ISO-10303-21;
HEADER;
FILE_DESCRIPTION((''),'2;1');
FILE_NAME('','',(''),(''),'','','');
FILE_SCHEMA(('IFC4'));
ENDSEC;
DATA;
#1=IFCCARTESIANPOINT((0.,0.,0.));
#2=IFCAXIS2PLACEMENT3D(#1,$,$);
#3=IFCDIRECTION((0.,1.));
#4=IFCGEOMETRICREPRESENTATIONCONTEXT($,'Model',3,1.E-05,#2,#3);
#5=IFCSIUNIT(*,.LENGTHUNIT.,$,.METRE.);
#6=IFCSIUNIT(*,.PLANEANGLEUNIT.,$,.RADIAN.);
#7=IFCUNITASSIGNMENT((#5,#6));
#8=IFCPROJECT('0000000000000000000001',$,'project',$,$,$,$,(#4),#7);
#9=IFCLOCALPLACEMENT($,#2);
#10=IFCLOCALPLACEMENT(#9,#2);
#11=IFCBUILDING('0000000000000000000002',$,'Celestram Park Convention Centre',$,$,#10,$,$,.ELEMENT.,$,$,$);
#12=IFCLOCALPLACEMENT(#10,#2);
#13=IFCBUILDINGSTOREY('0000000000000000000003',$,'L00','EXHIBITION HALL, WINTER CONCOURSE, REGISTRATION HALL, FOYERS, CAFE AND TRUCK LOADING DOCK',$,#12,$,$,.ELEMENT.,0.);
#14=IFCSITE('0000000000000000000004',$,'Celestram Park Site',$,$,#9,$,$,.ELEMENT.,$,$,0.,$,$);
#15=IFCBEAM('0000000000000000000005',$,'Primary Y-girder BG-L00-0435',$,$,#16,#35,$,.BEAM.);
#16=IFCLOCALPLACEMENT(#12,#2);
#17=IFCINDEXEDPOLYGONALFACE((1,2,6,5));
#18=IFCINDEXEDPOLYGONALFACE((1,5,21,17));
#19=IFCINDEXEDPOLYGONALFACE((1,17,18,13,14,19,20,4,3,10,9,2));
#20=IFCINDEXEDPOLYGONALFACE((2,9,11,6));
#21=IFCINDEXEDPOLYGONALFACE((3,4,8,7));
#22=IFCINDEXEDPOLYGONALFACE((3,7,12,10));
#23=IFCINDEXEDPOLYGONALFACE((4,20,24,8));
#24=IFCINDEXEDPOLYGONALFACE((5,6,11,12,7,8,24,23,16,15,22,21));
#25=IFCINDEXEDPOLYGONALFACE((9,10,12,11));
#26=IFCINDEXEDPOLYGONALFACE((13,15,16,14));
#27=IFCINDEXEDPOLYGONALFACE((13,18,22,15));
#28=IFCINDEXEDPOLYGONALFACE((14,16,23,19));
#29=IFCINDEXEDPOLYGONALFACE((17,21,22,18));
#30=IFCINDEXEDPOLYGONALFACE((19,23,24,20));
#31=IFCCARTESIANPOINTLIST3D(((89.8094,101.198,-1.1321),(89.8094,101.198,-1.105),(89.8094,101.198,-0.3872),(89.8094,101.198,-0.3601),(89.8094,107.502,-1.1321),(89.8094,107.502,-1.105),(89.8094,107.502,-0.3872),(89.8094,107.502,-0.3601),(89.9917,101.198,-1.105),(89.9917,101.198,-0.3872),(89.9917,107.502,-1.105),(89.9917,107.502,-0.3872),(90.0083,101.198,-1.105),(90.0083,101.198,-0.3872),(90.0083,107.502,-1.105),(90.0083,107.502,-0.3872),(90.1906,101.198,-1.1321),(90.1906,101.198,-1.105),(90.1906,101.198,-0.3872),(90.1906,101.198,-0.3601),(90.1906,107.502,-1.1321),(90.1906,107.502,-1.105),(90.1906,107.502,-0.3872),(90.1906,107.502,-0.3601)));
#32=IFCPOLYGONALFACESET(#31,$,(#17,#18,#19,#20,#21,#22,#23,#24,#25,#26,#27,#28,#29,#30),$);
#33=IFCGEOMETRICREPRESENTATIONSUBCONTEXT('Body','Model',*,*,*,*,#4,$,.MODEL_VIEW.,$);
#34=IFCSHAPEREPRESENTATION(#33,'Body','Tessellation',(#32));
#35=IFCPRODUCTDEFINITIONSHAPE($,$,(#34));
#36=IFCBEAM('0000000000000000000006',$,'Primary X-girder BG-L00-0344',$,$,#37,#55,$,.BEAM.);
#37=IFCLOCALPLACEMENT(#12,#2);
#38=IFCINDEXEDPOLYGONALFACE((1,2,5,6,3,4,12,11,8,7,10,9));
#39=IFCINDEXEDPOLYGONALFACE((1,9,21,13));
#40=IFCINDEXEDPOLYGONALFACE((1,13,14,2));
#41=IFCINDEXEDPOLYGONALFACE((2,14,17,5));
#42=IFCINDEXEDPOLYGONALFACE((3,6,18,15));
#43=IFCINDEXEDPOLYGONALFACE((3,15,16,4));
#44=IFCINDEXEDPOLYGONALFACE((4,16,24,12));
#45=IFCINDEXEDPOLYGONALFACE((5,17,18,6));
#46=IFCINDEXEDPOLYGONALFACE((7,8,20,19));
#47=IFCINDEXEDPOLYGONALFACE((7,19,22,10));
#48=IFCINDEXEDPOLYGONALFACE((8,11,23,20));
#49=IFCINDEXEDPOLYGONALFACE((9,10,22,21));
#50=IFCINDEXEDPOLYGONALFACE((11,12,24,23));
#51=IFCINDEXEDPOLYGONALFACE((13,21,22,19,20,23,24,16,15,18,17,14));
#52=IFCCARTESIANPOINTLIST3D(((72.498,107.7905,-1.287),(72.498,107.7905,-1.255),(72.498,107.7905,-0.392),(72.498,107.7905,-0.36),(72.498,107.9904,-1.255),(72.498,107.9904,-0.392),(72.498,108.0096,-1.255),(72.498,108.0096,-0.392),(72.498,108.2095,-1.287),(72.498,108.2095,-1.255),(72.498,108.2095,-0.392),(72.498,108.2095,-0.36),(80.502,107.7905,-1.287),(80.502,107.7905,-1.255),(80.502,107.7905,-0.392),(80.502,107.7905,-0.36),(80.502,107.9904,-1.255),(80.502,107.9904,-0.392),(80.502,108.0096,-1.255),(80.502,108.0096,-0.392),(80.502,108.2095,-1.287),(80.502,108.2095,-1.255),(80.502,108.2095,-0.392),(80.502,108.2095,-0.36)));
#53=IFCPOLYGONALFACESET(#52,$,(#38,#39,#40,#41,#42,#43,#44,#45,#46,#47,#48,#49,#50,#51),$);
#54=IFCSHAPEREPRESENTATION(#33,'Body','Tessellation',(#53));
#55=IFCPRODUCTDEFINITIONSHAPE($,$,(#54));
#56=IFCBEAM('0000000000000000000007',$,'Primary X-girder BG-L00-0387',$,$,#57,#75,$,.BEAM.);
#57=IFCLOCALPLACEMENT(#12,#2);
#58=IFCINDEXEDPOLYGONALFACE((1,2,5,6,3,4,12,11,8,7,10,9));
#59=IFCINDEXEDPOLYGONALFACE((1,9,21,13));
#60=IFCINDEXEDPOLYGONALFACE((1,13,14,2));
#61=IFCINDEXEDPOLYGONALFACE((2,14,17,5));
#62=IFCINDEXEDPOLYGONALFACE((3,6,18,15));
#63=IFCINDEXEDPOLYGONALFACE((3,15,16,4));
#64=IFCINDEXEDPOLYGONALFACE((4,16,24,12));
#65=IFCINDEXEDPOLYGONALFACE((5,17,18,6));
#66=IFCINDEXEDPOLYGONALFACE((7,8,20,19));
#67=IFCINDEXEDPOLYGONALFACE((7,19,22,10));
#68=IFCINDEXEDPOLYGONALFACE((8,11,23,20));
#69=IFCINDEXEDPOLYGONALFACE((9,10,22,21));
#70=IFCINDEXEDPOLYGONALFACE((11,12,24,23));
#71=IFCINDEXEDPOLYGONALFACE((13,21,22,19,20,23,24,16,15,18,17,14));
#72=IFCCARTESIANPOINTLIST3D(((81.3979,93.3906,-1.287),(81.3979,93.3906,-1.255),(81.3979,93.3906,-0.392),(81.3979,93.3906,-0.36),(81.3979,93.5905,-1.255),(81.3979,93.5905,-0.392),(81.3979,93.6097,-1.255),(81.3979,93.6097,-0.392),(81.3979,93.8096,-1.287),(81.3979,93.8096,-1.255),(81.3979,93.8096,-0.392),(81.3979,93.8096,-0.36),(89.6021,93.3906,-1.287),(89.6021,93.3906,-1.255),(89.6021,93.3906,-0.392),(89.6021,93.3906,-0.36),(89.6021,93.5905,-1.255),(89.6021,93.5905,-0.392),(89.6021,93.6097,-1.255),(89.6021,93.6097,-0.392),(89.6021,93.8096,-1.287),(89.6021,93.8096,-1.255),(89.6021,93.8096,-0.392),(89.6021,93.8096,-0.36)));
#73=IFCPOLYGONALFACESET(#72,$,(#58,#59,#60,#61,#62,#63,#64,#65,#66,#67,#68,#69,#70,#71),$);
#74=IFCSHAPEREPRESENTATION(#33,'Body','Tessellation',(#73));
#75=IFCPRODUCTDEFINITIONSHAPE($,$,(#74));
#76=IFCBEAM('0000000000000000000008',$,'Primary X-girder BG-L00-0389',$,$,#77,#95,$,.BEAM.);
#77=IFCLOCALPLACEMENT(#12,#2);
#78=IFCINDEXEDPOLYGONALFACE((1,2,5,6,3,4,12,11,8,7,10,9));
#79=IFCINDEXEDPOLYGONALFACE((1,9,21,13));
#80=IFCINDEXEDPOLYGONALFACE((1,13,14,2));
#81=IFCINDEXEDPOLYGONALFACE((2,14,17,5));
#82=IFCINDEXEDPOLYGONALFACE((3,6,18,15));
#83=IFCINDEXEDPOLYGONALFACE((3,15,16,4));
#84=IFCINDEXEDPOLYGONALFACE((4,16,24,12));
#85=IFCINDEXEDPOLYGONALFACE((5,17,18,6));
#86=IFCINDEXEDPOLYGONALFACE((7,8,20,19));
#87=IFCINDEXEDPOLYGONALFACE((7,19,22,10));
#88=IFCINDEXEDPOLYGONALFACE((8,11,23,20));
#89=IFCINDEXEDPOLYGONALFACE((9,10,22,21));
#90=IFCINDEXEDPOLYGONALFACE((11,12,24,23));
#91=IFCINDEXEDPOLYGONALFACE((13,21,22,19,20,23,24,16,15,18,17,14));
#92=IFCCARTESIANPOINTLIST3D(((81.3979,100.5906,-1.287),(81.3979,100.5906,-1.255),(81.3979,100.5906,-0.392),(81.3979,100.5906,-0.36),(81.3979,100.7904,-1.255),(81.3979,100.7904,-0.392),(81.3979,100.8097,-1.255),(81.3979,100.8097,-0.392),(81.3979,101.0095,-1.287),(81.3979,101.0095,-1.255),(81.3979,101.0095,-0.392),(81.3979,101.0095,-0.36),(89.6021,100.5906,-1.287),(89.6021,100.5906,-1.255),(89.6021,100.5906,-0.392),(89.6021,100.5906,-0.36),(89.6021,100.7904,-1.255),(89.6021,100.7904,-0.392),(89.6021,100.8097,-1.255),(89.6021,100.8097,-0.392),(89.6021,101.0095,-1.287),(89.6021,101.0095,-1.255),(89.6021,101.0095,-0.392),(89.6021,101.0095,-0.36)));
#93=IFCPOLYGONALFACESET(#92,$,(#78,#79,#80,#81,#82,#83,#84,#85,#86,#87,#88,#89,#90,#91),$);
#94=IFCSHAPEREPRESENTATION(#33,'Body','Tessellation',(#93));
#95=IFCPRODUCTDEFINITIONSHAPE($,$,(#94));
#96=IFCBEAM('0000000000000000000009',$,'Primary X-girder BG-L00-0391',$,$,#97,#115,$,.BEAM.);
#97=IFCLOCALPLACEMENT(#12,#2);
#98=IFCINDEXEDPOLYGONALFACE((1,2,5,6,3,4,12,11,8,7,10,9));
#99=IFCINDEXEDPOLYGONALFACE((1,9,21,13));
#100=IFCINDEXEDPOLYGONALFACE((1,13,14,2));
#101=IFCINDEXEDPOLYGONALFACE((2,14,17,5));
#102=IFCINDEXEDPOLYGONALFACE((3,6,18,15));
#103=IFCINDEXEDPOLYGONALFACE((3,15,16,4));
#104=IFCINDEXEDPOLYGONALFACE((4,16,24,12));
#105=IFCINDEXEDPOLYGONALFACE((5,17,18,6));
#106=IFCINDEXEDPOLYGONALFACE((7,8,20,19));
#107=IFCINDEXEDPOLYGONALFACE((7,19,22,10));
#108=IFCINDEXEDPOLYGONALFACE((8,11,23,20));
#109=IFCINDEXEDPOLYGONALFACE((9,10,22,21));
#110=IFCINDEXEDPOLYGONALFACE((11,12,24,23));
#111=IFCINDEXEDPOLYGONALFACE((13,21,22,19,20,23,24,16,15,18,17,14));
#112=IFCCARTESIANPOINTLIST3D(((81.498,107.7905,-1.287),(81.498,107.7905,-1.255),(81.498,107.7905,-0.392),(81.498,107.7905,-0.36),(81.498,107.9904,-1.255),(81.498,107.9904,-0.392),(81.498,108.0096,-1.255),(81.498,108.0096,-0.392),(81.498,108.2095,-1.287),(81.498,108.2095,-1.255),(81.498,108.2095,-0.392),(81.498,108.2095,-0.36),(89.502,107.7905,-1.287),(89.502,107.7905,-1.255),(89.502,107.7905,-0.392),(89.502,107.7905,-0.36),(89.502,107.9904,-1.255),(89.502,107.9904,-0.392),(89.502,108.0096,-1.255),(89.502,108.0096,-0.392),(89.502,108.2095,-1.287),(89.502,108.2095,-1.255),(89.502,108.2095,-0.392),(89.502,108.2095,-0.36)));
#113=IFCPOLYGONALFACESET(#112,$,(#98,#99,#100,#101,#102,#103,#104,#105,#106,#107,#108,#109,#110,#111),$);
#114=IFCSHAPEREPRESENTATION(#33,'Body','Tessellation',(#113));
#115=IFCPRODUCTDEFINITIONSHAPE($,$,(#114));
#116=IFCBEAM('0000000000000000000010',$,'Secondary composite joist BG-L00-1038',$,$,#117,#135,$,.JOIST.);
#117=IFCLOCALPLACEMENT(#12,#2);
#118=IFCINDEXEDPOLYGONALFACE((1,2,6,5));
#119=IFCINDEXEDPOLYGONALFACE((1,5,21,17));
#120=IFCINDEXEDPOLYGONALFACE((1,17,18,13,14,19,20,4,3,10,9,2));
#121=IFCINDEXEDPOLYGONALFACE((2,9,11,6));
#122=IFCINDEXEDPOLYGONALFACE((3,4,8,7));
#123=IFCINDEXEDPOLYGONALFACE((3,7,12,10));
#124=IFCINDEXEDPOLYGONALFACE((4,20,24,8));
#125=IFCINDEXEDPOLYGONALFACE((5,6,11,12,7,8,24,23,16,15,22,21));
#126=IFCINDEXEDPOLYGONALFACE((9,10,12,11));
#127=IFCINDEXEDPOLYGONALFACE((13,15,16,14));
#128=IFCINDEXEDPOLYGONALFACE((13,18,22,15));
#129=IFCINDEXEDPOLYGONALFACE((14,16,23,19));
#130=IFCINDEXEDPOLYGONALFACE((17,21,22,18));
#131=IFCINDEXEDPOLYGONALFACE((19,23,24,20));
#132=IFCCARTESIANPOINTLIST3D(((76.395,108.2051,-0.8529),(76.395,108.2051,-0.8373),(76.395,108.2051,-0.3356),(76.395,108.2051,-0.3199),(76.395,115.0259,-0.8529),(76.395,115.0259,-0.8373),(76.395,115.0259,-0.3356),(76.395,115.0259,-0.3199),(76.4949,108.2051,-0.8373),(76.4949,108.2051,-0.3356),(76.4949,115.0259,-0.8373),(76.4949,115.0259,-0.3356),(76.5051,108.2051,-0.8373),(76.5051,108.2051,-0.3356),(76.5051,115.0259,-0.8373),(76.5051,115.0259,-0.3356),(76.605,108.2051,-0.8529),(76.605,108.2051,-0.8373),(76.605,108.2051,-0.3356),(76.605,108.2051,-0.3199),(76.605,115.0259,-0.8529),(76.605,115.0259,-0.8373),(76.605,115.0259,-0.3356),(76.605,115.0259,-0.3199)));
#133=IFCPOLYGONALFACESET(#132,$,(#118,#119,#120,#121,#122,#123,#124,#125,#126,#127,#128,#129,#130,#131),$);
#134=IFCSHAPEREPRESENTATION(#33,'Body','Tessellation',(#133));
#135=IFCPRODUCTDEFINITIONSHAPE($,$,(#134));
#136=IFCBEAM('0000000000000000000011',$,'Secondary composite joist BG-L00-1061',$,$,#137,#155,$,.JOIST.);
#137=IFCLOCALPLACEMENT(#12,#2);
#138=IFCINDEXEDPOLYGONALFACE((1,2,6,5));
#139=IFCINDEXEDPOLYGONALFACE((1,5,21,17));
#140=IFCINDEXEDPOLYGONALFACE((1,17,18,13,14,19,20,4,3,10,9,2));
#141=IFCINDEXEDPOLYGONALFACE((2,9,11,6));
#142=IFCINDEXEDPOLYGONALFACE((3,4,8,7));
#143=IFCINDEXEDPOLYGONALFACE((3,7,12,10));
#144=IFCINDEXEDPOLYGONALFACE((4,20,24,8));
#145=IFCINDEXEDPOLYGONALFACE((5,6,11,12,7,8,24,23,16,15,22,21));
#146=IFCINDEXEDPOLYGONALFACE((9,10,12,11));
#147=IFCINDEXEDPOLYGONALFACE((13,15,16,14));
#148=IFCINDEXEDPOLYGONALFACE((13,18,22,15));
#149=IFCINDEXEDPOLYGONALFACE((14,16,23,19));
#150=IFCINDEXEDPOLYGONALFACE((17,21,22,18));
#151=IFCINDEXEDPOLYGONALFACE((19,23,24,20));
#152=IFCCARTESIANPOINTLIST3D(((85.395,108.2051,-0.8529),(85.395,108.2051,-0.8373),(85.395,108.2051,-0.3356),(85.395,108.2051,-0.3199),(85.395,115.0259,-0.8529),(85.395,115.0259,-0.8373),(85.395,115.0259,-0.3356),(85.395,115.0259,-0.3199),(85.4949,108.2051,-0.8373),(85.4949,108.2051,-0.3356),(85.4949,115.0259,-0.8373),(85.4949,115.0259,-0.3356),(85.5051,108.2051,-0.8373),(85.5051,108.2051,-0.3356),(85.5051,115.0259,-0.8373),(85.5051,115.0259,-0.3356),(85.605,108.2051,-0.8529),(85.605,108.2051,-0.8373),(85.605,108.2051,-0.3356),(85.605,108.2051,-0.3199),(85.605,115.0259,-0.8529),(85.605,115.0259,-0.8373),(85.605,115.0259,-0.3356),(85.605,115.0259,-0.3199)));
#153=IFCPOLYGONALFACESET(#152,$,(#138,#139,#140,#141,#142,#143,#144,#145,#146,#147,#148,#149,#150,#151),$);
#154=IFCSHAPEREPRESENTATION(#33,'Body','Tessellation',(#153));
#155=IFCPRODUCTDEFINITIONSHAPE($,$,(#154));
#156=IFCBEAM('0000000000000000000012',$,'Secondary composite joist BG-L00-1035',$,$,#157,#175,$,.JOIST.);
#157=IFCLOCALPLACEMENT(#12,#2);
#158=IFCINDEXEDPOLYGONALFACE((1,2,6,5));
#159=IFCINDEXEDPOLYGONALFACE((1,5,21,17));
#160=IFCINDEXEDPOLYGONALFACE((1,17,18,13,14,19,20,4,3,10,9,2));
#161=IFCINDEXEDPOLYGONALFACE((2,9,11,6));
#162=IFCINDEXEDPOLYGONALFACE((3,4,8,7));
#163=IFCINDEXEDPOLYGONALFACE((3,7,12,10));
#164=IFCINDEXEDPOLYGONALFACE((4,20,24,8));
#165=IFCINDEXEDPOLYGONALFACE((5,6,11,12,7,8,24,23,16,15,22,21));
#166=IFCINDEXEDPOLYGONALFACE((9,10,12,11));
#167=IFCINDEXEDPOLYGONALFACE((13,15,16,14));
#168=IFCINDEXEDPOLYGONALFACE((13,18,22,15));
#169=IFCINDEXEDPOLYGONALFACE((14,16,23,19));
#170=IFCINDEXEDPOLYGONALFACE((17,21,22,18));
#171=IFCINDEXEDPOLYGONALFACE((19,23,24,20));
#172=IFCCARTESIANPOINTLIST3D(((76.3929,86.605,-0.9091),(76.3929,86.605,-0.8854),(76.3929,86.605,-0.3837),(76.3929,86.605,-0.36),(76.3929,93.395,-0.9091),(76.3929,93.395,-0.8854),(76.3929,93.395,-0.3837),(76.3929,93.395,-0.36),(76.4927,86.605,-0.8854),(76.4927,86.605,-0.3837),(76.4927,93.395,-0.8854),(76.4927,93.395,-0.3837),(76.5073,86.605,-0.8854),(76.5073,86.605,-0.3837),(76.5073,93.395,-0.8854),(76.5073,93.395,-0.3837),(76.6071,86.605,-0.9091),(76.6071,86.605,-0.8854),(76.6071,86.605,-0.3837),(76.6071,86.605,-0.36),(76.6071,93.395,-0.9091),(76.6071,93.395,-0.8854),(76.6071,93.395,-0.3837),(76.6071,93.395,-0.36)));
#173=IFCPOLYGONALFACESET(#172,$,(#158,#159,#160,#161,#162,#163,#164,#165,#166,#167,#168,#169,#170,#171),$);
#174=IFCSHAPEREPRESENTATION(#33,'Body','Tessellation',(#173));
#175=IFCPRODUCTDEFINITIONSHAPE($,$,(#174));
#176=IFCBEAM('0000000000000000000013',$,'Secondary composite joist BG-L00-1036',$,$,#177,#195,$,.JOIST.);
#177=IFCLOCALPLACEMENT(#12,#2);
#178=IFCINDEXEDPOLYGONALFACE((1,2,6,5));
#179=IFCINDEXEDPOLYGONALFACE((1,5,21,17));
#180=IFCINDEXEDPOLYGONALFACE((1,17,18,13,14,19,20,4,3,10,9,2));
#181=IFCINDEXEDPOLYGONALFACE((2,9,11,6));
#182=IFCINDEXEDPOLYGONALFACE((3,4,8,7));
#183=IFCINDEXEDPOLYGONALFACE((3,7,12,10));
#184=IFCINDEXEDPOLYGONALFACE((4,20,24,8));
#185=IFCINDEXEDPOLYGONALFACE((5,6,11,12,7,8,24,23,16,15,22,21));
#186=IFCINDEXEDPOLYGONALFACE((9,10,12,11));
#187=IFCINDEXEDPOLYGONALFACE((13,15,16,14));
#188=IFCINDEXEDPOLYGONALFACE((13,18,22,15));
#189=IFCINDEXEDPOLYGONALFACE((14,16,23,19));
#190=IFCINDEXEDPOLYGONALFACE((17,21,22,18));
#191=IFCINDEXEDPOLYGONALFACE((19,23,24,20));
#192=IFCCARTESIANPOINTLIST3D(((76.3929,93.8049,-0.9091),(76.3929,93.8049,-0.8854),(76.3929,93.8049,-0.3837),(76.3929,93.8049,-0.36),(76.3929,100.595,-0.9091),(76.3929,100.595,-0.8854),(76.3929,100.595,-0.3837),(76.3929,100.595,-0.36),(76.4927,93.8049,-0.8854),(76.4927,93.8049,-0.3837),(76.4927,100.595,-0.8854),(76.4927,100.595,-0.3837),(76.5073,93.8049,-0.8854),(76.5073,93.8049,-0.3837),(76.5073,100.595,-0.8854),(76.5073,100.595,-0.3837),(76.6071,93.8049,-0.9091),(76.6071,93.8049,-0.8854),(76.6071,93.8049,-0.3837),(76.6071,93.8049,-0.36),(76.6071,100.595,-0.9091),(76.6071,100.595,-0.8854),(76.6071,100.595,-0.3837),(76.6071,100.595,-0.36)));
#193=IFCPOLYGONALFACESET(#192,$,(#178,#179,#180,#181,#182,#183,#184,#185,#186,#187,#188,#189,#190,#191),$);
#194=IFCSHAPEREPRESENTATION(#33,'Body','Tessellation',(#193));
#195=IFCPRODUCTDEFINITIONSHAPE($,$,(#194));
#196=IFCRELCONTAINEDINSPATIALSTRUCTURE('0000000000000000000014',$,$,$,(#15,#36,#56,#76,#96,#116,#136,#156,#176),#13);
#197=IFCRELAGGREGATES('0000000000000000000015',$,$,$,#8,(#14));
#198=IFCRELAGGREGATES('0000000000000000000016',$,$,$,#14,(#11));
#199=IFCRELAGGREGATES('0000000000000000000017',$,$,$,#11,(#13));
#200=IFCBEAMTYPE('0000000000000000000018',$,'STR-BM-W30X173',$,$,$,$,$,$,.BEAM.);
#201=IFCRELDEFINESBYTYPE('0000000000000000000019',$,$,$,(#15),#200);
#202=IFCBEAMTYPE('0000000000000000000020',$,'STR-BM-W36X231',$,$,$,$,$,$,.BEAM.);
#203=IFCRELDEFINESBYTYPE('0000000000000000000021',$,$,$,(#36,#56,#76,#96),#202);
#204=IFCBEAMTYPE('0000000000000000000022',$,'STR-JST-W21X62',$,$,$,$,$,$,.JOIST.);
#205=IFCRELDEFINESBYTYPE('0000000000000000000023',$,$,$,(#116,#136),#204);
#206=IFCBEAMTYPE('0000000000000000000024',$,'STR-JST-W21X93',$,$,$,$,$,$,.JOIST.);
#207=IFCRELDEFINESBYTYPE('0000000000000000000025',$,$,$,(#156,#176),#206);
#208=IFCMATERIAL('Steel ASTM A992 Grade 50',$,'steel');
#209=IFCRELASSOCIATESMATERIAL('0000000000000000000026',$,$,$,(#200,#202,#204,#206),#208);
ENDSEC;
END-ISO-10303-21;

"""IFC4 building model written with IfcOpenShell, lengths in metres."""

from ifc_helpers import new_model, si_unit, direction, frame, origin, origin_2d, place, context, subcontext, project, spatial, i_section, extrude, material, material_profile, profile_set, type_object, element, save


model = new_model("IFC4")

# Units and contexts
model_context = context("Model", 3, precision=1e-05, world=origin(), true_north=direction((0.0, 1.0)))
body_context = subcontext(model_context, "Body", "Model", "MODEL_VIEW")
ifc_project = project(units=[si_unit("LENGTHUNIT", "METRE"), si_unit("PLANEANGLEUNIT", "RADIAN")], contexts=[model_context])

# Site, building, storey
site_placement = place(None, origin())
site = spatial("IfcSite", under=ifc_project, at=site_placement, Name="Celestram Park Site", CompositionType="ELEMENT", RefElevation=0.0)
building_placement = place(site_placement, origin())
building = spatial("IfcBuilding", under=site, at=building_placement, Name="Celestram Park Convention Centre", CompositionType="ELEMENT")
storey_placement = place(building_placement, origin())
storey = spatial("IfcBuildingStorey", under=building, at=storey_placement, Name="L00", Description="EXHIBITION HALL, WINTER CONCOURSE, REGISTRATION HALL, FOYERS, CAFE AND TRUCK LOADING DOCK", CompositionType="ELEMENT", Elevation=0.0)

# Beams
ifc_material_1 = material(Name="Steel ASTM A992 Grade 50", Category="steel")
ifc_material_profile_1 = material_profile(ifc_material_1, i_section(OverallWidth=0.3811, OverallDepth=0.772, WebThickness=0.0166, FlangeThickness=0.0271, at=origin_2d()), Name="W30X173")
ifc_profile_set_1 = profile_set([ifc_material_profile_1], Name="Steel ASTM A992 Grade 50")
beam_type_1 = type_object("IfcBeamType", Name="STR-BM-W30X173", PredefinedType="BEAM", material=ifc_profile_set_1)
beam_1_placement = place(storey_placement, frame((90.0, 101.198, -0.7461), z_axis=(0.0, 1.0, 0.0), x_axis=(-1.0, 0.0, 0.0)))
element("IfcBeam", 1, at=beam_1_placement, inside=storey, type_object=beam_type_1, Name="Primary Y-girder BG-L00-0435", PredefinedType="BEAM", context=body_context, shape_type="SweptSolid", body=[
    extrude(i_section(OverallWidth=0.3811, OverallDepth=0.772, WebThickness=0.0166, FlangeThickness=0.0271, at=origin_2d()), origin(), (0.0, 0.0, 1.0), 6.304),
])
ifc_material_profile_2 = material_profile(ifc_material_1, i_section(OverallWidth=0.4189, OverallDepth=0.927, WebThickness=0.0193, FlangeThickness=0.032, at=origin_2d()), Name="W36X231")
ifc_profile_set_2 = profile_set([ifc_material_profile_2], Name="Steel ASTM A992 Grade 50")
beam_type_2 = type_object("IfcBeamType", Name="STR-BM-W36X231", PredefinedType="BEAM", material=ifc_profile_set_2)
beam_2_placement = place(storey_placement, frame((72.498, 108.0, -0.8235), z_axis=(1.0, 0.0, 0.0), x_axis=(0.0, 1.0, 0.0)))
element("IfcBeam", 2, at=beam_2_placement, inside=storey, type_object=beam_type_2, Name="Primary X-girder BG-L00-0344", PredefinedType="BEAM", context=body_context, shape_type="SweptSolid", body=[
    extrude(i_section(OverallWidth=0.4189, OverallDepth=0.927, WebThickness=0.0193, FlangeThickness=0.032, at=origin_2d()), origin(), (0.0, 0.0, 1.0), 8.0039),
])
for number, where, z_axis, x_axis, name in (
    (3, (81.3979, 93.6001, -0.8235), (1.0, 0.0, 0.0), (0.0, 1.0, 0.0), "Primary X-girder BG-L00-0387"),
    (4, (81.3979, 100.8, -0.8235), (1.0, 0.0, 0.0), (0.0, 1.0, 0.0), "Primary X-girder BG-L00-0389"),
):
    element("IfcBeam", number, at=place(storey_placement, frame(where, z_axis=z_axis, x_axis=x_axis)), inside=storey, type_object=beam_type_2, Name=name, PredefinedType="BEAM", context=body_context, shape_type="SweptSolid", body=[
        extrude(i_section(OverallWidth=0.4189, OverallDepth=0.927, WebThickness=0.0193, FlangeThickness=0.032, at=origin_2d()), origin(), (0.0, 0.0, 1.0), 8.2041),
    ])
beam_3_placement = place(storey_placement, frame((81.498, 108.0, -0.8235), z_axis=(1.0, 0.0, 0.0), x_axis=(0.0, 1.0, 0.0)))
element("IfcBeam", 5, at=beam_3_placement, inside=storey, type_object=beam_type_2, Name="Primary X-girder BG-L00-0391", PredefinedType="BEAM", context=body_context, shape_type="SweptSolid", body=[
    extrude(i_section(OverallWidth=0.4189, OverallDepth=0.927, WebThickness=0.0193, FlangeThickness=0.032, at=origin_2d()), origin(), (0.0, 0.0, 1.0), 8.0039),
])
ifc_material_profile_3 = material_profile(ifc_material_1, i_section(OverallWidth=0.21, OverallDepth=0.533, WebThickness=0.0103, FlangeThickness=0.0156, at=origin_2d()), Name="W21X62")
ifc_profile_set_3 = profile_set([ifc_material_profile_3], Name="Steel ASTM A992 Grade 50")
beam_type_3 = type_object("IfcBeamType", Name="STR-JST-W21X62", PredefinedType="JOIST", material=ifc_profile_set_3)
for number, where, z_axis, x_axis, name in (
    (6, (76.5, 108.2051, -0.5864), (0.0, 1.0, 0.0), (-1.0, 0.0, 0.0), "Secondary composite joist BG-L00-1038"),
    (7, (85.5, 108.2051, -0.5864), (0.0, 1.0, 0.0), (-1.0, 0.0, 0.0), "Secondary composite joist BG-L00-1061"),
):
    element("IfcBeam", number, at=place(storey_placement, frame(where, z_axis=z_axis, x_axis=x_axis)), inside=storey, type_object=beam_type_3, Name=name, PredefinedType="JOIST", context=body_context, shape_type="SweptSolid", body=[
        extrude(i_section(OverallWidth=0.21, OverallDepth=0.533, WebThickness=0.0103, FlangeThickness=0.0156, at=origin_2d()), origin(), (0.0, 0.0, 1.0), 6.8208),
    ])
ifc_material_profile_4 = material_profile(ifc_material_1, i_section(OverallWidth=0.2141, OverallDepth=0.5491, WebThickness=0.0146, FlangeThickness=0.0237, at=origin_2d()), Name="W21X93")
ifc_profile_set_4 = profile_set([ifc_material_profile_4], Name="Steel ASTM A992 Grade 50")
beam_type_4 = type_object("IfcBeamType", Name="STR-JST-W21X93", PredefinedType="JOIST", material=ifc_profile_set_4)
for number, where, z_axis, x_axis, name in (
    (8, (76.5, 86.605, -0.6345), (0.0, 1.0, 0.0), (-1.0, 0.0, 0.0), "Secondary composite joist BG-L00-1035"),
    (9, (76.5, 93.8049, -0.6345), (0.0, 1.0, 0.0), (-1.0, 0.0, 0.0), "Secondary composite joist BG-L00-1036"),
):
    element("IfcBeam", number, at=place(storey_placement, frame(where, z_axis=z_axis, x_axis=x_axis)), inside=storey, type_object=beam_type_4, Name=name, PredefinedType="JOIST", context=body_context, shape_type="SweptSolid", body=[
        extrude(i_section(OverallWidth=0.2141, OverallDepth=0.5491, WebThickness=0.0146, FlangeThickness=0.0237, at=origin_2d()), origin(), (0.0, 0.0, 1.0), 6.79),
    ])

save(model, "model.ifc")
